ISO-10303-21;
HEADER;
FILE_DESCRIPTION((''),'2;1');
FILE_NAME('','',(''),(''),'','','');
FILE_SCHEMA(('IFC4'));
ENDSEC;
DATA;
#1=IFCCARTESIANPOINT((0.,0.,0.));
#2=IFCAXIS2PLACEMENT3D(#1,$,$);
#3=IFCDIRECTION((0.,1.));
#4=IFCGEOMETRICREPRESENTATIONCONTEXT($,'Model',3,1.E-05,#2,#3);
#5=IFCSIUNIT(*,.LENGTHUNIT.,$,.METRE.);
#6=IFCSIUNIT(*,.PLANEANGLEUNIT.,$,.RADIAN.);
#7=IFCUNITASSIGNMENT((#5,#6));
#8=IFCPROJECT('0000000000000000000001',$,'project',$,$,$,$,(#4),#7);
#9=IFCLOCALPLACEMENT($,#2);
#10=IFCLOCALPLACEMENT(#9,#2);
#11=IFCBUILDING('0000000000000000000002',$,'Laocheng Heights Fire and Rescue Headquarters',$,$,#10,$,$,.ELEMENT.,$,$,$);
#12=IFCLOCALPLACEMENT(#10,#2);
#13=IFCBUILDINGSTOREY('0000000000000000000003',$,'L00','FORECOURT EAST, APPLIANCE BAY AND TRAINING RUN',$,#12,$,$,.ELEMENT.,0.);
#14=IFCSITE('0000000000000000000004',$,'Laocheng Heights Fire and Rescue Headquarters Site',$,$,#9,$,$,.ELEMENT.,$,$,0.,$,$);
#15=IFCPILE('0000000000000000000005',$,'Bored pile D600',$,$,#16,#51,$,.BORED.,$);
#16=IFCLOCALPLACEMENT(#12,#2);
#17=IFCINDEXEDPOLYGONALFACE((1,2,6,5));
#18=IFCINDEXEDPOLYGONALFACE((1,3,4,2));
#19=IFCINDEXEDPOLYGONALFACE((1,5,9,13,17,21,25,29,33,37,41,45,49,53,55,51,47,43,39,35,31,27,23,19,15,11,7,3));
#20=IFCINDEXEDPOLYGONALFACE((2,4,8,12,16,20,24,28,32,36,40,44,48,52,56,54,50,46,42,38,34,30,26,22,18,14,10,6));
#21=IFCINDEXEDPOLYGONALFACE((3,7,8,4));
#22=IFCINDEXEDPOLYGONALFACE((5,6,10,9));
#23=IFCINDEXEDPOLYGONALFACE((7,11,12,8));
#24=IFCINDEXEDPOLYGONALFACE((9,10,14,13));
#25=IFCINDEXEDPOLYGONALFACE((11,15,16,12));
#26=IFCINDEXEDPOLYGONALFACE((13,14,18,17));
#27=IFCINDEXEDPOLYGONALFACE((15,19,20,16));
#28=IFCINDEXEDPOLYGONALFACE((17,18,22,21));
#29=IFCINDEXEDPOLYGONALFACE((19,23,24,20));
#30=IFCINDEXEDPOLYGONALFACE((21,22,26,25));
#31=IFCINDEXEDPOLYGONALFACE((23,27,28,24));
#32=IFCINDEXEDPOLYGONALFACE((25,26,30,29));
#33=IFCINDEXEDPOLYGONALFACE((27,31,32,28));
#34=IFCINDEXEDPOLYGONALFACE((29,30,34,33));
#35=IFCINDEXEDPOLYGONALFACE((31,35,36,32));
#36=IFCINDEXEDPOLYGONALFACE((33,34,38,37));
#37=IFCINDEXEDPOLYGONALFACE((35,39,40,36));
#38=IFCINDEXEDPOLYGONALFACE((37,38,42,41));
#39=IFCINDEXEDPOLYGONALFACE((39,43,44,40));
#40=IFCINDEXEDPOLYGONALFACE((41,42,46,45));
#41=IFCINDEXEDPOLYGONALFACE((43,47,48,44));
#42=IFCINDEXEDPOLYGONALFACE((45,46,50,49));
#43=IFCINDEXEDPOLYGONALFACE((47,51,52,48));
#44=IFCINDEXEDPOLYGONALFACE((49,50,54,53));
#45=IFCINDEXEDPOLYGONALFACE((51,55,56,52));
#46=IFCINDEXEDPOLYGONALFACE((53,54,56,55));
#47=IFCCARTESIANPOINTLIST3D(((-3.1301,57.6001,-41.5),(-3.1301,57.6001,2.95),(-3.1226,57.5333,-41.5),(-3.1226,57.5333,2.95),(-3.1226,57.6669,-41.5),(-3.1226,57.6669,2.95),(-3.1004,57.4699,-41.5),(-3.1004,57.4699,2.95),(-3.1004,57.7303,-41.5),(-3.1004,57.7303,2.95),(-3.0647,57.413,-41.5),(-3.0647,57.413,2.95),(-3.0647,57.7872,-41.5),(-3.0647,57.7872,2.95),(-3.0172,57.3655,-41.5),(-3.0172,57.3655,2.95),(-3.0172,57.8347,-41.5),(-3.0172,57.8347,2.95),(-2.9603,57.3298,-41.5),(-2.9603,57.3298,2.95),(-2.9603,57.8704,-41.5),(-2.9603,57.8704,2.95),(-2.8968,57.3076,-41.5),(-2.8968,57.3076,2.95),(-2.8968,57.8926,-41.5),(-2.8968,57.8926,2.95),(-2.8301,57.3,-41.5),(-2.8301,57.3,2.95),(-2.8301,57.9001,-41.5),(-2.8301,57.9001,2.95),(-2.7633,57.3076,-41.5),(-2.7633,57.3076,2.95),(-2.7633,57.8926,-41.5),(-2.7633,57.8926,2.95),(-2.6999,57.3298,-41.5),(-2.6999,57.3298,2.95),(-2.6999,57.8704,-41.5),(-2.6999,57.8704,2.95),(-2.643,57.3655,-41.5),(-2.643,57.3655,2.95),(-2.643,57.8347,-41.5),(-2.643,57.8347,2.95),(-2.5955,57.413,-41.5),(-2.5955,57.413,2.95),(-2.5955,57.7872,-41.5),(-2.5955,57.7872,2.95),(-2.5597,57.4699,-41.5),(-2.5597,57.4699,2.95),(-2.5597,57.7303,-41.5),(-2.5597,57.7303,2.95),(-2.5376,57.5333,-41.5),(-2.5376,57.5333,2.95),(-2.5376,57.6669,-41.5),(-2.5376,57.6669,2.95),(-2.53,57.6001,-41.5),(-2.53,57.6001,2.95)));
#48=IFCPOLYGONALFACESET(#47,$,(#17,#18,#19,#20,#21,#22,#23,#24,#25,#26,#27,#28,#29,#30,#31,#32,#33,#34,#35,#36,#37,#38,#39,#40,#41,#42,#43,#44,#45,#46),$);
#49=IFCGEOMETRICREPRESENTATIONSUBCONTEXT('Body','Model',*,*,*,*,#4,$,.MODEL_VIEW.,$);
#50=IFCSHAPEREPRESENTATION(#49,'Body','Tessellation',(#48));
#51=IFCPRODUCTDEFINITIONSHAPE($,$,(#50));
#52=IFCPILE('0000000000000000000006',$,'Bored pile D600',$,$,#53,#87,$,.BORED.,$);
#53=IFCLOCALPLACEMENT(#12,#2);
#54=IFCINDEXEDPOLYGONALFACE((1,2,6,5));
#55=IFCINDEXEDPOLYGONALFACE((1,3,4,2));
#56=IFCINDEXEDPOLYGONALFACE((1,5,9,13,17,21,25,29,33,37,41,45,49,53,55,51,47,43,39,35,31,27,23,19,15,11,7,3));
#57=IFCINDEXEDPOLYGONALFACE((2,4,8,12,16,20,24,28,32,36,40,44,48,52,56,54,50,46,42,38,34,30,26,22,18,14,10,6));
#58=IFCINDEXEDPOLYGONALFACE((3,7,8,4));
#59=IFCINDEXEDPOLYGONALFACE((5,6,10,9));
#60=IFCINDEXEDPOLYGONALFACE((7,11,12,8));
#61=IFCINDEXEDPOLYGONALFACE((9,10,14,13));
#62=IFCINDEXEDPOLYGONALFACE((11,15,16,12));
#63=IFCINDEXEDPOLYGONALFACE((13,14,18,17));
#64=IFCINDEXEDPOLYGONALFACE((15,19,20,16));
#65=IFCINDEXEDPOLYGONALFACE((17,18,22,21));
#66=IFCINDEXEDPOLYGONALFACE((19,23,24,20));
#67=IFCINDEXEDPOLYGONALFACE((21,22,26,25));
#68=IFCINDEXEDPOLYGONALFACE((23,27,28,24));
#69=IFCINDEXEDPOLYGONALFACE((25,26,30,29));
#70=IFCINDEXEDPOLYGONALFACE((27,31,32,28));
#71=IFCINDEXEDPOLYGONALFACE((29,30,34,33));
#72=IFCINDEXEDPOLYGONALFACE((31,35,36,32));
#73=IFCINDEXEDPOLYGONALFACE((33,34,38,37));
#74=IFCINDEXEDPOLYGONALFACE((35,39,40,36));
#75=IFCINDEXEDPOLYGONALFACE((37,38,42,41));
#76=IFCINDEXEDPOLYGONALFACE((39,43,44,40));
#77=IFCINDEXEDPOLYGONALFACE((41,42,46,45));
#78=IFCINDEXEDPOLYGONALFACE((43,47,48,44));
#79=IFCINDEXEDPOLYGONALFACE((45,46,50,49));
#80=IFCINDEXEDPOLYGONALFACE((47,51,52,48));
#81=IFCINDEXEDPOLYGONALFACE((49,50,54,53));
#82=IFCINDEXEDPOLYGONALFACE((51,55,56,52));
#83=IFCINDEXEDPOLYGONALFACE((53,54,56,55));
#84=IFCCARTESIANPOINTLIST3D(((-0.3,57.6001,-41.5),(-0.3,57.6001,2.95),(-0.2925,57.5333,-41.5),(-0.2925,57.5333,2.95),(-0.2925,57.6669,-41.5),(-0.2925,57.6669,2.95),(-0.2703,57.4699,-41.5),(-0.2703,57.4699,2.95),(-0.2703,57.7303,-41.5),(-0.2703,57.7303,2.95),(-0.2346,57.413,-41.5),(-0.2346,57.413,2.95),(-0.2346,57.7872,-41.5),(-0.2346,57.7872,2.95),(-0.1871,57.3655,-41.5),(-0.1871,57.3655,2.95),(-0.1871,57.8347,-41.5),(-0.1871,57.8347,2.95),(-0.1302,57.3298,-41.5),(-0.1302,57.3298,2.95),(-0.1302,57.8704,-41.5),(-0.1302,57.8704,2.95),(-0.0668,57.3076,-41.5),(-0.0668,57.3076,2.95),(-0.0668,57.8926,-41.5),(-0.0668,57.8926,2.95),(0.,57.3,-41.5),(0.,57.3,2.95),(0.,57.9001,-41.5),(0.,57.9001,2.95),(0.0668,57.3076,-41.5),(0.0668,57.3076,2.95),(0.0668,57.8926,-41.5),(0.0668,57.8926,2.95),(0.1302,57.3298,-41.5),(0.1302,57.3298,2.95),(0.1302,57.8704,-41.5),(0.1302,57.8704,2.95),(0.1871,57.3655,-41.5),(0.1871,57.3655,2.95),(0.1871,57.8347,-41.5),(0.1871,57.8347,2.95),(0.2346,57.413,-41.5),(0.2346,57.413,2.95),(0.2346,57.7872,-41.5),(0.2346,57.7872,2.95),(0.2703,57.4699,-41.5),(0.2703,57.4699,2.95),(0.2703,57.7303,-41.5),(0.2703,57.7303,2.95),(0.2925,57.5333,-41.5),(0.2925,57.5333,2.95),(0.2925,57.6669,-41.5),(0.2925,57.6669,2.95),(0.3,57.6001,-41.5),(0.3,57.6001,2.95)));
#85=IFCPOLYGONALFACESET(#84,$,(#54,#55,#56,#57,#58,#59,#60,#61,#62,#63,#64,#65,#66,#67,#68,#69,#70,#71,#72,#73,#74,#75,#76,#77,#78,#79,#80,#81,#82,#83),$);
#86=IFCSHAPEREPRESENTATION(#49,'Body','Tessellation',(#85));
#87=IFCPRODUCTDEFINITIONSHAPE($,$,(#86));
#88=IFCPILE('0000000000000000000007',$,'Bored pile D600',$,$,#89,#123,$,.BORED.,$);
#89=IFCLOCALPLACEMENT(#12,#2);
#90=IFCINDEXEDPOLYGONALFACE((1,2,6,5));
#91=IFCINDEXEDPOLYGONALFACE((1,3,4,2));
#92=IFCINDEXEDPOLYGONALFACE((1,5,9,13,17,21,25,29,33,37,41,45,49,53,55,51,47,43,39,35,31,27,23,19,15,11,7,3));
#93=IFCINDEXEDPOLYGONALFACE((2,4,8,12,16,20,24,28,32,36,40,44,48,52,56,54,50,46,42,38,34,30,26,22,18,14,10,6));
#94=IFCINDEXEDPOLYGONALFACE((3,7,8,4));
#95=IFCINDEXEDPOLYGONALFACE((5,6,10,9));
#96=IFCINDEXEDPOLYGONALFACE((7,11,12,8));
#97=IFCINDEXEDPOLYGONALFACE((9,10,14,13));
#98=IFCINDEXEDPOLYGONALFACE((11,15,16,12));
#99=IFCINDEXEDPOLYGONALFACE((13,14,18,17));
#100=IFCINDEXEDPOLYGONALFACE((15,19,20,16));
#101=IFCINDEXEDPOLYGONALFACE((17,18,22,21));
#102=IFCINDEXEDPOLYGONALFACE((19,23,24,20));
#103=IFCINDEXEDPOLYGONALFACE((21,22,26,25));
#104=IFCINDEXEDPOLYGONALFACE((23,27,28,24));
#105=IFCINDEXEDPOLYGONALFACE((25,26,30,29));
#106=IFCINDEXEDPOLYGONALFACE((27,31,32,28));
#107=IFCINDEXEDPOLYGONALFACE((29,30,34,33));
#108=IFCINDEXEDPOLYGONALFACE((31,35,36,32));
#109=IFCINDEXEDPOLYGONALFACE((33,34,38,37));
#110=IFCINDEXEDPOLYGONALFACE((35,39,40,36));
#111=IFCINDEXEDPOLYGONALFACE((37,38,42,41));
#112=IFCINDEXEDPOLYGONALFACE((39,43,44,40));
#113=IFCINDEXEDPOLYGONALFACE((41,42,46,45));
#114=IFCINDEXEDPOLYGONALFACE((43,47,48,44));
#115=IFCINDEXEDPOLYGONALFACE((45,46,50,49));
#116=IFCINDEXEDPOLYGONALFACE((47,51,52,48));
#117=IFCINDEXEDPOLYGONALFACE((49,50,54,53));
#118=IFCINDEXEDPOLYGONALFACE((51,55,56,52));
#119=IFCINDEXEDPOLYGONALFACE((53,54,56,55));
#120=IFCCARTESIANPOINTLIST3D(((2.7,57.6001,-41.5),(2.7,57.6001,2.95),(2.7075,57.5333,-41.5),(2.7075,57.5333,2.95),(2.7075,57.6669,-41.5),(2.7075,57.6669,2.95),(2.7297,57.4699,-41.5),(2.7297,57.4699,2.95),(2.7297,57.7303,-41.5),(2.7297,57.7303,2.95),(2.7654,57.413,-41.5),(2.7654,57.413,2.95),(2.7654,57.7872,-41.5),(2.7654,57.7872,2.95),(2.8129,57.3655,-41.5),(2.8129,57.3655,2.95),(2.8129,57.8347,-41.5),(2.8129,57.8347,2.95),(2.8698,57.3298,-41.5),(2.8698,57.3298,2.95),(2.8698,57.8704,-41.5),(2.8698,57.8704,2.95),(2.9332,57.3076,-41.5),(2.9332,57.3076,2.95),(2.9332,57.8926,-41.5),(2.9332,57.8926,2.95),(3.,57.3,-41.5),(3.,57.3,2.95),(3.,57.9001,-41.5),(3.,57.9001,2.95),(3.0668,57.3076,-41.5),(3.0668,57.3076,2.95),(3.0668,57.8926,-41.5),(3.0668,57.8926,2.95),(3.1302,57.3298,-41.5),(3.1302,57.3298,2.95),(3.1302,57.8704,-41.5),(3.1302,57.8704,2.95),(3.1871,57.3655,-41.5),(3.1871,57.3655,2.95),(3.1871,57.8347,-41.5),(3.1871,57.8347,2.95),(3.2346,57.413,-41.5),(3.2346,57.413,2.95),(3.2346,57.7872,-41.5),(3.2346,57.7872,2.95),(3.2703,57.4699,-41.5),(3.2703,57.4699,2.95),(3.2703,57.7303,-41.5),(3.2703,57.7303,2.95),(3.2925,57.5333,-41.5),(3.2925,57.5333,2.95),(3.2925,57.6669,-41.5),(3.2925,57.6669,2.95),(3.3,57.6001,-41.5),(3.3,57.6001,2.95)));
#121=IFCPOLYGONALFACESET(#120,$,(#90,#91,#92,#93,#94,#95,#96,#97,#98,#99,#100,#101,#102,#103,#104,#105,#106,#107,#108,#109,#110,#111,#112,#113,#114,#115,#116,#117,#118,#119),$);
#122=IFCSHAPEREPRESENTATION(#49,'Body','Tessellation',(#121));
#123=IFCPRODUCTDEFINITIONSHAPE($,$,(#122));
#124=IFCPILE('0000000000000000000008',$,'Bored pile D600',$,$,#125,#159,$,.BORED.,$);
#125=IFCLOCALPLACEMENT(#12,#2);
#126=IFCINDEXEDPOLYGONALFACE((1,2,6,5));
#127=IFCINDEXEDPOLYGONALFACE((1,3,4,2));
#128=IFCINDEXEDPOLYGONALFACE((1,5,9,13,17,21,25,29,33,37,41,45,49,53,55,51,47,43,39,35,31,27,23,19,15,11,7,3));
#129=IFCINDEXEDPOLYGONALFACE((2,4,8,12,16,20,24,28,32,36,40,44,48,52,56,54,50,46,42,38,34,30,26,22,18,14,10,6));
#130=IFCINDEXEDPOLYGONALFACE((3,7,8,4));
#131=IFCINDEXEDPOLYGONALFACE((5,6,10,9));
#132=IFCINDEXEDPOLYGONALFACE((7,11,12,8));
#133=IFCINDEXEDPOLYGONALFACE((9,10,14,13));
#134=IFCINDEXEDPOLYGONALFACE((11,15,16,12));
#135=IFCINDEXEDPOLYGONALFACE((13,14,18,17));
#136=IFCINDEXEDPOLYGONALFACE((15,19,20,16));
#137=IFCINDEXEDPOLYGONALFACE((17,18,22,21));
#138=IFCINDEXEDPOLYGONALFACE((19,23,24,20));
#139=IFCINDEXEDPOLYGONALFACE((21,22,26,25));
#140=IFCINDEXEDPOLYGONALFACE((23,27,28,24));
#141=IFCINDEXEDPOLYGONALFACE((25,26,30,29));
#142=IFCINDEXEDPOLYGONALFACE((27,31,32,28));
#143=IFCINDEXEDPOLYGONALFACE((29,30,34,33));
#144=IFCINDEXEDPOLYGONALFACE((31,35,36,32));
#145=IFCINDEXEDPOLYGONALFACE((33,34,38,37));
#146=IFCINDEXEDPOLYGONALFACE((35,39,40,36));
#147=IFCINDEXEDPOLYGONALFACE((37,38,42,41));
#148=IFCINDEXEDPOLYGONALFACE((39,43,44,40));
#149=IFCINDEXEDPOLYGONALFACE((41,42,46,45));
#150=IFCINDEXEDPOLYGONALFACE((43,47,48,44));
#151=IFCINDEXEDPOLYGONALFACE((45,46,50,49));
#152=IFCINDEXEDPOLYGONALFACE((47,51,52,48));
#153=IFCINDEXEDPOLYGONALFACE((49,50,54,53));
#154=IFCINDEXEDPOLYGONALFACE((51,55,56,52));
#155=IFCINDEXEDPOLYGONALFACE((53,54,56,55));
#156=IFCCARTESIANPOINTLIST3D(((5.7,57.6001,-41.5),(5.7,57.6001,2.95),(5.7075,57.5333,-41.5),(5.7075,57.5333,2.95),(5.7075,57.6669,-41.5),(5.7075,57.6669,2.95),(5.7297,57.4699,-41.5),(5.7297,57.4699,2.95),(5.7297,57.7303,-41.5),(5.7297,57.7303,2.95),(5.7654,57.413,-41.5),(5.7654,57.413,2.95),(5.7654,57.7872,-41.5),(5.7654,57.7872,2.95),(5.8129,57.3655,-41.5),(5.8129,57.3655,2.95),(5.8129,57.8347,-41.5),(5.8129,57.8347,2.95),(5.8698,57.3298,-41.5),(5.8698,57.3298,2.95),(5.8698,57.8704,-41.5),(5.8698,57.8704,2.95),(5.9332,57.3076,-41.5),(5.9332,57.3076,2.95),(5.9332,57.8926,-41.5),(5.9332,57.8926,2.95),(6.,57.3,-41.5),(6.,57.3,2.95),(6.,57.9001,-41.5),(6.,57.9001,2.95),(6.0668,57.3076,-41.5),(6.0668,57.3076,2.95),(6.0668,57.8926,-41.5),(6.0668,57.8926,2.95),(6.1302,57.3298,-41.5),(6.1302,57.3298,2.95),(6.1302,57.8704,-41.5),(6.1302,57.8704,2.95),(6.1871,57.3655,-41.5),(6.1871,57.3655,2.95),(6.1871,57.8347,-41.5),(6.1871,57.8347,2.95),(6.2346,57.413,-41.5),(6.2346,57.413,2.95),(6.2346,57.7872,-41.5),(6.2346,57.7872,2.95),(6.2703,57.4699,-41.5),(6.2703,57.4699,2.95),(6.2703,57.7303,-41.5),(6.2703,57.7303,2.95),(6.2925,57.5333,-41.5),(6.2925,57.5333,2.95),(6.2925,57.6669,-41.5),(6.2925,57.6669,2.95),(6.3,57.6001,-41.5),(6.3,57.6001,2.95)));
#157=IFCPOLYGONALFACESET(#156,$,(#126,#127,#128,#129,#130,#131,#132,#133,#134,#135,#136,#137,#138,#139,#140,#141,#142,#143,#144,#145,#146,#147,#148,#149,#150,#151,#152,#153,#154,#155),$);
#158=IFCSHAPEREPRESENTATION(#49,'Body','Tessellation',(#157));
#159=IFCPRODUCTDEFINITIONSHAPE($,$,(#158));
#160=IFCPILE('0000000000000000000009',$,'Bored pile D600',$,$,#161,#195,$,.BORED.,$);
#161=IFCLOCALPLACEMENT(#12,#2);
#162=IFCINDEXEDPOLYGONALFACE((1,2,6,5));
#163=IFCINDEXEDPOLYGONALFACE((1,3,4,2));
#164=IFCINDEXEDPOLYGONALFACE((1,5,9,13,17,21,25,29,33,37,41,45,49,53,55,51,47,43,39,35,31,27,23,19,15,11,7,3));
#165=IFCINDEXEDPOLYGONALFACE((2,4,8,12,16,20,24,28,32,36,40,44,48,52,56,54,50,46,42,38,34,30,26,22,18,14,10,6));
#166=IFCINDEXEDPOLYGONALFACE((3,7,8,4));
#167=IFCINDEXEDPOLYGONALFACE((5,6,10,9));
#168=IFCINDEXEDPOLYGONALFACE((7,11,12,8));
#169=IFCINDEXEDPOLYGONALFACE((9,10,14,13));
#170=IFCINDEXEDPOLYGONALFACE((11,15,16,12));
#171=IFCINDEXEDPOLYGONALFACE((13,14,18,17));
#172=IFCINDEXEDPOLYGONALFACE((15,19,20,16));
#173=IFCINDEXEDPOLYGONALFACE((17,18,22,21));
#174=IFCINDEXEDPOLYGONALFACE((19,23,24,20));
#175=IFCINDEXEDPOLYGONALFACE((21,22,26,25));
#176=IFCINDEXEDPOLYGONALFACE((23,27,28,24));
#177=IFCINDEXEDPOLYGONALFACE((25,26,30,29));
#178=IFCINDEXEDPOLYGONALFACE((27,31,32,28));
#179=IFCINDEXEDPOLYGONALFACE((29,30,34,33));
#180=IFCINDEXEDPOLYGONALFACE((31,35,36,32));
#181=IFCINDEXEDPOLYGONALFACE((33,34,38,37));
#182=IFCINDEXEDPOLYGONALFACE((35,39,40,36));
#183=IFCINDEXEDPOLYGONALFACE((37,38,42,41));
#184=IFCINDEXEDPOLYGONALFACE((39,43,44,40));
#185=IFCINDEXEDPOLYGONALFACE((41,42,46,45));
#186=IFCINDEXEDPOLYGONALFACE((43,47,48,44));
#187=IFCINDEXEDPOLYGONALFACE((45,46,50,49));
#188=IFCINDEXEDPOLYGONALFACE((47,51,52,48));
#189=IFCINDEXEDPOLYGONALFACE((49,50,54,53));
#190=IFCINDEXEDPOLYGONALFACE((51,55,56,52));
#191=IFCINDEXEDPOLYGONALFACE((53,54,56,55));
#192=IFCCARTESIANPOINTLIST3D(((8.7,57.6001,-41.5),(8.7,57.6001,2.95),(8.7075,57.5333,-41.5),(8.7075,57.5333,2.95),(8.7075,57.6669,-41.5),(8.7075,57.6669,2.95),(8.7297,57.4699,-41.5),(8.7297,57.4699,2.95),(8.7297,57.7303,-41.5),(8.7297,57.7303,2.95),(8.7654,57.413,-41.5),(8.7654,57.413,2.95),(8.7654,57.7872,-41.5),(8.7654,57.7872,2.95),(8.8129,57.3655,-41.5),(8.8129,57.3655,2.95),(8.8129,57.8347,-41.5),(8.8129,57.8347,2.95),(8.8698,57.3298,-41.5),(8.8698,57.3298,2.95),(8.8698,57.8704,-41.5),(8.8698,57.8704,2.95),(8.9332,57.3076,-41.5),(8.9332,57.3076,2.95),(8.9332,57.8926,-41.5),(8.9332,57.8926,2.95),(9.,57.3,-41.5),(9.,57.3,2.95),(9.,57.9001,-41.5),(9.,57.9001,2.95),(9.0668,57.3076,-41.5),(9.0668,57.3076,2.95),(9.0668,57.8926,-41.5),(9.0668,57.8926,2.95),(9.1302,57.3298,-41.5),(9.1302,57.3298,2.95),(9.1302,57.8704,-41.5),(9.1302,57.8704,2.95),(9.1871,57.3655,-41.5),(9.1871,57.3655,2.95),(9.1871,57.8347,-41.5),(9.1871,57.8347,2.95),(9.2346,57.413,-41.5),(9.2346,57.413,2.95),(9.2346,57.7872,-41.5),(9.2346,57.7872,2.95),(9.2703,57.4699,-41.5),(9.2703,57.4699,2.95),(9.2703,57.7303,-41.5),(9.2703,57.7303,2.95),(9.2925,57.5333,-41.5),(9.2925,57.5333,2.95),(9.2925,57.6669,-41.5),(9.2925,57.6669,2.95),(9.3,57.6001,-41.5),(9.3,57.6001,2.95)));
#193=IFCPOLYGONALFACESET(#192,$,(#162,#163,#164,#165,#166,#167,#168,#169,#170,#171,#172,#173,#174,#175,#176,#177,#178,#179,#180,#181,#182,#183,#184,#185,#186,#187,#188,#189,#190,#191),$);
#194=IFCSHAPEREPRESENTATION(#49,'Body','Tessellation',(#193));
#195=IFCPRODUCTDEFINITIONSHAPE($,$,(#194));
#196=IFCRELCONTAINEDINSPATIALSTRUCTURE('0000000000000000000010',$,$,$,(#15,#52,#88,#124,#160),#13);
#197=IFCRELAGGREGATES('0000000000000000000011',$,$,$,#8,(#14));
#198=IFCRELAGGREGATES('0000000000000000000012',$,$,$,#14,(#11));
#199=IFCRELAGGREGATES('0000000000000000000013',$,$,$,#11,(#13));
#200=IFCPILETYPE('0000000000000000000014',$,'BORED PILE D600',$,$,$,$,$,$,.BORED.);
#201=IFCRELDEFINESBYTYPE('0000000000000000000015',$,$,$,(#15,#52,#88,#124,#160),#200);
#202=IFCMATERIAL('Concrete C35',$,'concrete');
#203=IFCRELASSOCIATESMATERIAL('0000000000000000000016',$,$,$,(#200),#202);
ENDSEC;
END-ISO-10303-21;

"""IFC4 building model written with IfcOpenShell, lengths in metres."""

from ifc_helpers import new_model, si_unit, direction, frame, origin, origin_2d, place, context, subcontext, project, spatial, circle, extrude, material, material_profile, profile_set, type_object, element, save


model = new_model("IFC4")

# Units and contexts
model_context = context("Model", 3, precision=1e-05, world=origin(), true_north=direction((0.0, 1.0)))
body_context = subcontext(model_context, "Body", "Model", "MODEL_VIEW")
ifc_project = project(units=[si_unit("LENGTHUNIT", "METRE"), si_unit("PLANEANGLEUNIT", "RADIAN")], contexts=[model_context])

# Site, building, storey
site_placement = place(None, origin())
site = spatial("IfcSite", under=ifc_project, at=site_placement, Name="Laocheng Heights Fire and Rescue Headquarters Site", CompositionType="ELEMENT", RefElevation=0.0)
building_placement = place(site_placement, origin())
building = spatial("IfcBuilding", under=site, at=building_placement, Name="Laocheng Heights Fire and Rescue Headquarters", CompositionType="ELEMENT")
storey_placement = place(building_placement, origin())
storey = spatial("IfcBuildingStorey", under=building, at=storey_placement, Name="L00", Description="FORECOURT EAST, APPLIANCE BAY AND TRAINING RUN", CompositionType="ELEMENT", Elevation=0.0)

# Piles
ifc_material_1 = material(Name="Concrete C35", Category="concrete")
ifc_material_profile_1 = material_profile(ifc_material_1, circle(Radius=0.3, at=origin_2d()), Name="BORED PILE D600")
ifc_profile_set_1 = profile_set([ifc_material_profile_1], Name="Concrete C35")
pile_type_1 = type_object("IfcPileType", Name="BORED PILE D600", PredefinedType="BORED", material=ifc_profile_set_1)
for number, where, z_axis, x_axis, name in (
    (1, (-2.8301, 57.6001, 2.95), (0.0, 0.0, -1.0), (1.0, 0.0, 0.0), "Bored pile D600"),
    (2, (0.0, 57.6001, 2.95), (0.0, 0.0, -1.0), (1.0, 0.0, 0.0), "Bored pile D600"),
    (3, (3.0, 57.6001, 2.95), (0.0, 0.0, -1.0), (1.0, 0.0, 0.0), "Bored pile D600"),
    (4, (6.0, 57.6001, 2.95), (0.0, 0.0, -1.0), (1.0, 0.0, 0.0), "Bored pile D600"),
    (5, (9.0, 57.6001, 2.95), (0.0, 0.0, -1.0), (1.0, 0.0, 0.0), "Bored pile D600"),
):
    element("IfcPile", number, at=place(storey_placement, frame(where, z_axis=z_axis, x_axis=x_axis)), inside=storey, type_object=pile_type_1, Name=name, PredefinedType="BORED", context=body_context, shape_type="SweptSolid", body=[
        extrude(circle(Radius=0.3, at=origin_2d()), origin(), (0.0, 0.0, 1.0), 44.45),
    ])

save(model, "model.ifc")
